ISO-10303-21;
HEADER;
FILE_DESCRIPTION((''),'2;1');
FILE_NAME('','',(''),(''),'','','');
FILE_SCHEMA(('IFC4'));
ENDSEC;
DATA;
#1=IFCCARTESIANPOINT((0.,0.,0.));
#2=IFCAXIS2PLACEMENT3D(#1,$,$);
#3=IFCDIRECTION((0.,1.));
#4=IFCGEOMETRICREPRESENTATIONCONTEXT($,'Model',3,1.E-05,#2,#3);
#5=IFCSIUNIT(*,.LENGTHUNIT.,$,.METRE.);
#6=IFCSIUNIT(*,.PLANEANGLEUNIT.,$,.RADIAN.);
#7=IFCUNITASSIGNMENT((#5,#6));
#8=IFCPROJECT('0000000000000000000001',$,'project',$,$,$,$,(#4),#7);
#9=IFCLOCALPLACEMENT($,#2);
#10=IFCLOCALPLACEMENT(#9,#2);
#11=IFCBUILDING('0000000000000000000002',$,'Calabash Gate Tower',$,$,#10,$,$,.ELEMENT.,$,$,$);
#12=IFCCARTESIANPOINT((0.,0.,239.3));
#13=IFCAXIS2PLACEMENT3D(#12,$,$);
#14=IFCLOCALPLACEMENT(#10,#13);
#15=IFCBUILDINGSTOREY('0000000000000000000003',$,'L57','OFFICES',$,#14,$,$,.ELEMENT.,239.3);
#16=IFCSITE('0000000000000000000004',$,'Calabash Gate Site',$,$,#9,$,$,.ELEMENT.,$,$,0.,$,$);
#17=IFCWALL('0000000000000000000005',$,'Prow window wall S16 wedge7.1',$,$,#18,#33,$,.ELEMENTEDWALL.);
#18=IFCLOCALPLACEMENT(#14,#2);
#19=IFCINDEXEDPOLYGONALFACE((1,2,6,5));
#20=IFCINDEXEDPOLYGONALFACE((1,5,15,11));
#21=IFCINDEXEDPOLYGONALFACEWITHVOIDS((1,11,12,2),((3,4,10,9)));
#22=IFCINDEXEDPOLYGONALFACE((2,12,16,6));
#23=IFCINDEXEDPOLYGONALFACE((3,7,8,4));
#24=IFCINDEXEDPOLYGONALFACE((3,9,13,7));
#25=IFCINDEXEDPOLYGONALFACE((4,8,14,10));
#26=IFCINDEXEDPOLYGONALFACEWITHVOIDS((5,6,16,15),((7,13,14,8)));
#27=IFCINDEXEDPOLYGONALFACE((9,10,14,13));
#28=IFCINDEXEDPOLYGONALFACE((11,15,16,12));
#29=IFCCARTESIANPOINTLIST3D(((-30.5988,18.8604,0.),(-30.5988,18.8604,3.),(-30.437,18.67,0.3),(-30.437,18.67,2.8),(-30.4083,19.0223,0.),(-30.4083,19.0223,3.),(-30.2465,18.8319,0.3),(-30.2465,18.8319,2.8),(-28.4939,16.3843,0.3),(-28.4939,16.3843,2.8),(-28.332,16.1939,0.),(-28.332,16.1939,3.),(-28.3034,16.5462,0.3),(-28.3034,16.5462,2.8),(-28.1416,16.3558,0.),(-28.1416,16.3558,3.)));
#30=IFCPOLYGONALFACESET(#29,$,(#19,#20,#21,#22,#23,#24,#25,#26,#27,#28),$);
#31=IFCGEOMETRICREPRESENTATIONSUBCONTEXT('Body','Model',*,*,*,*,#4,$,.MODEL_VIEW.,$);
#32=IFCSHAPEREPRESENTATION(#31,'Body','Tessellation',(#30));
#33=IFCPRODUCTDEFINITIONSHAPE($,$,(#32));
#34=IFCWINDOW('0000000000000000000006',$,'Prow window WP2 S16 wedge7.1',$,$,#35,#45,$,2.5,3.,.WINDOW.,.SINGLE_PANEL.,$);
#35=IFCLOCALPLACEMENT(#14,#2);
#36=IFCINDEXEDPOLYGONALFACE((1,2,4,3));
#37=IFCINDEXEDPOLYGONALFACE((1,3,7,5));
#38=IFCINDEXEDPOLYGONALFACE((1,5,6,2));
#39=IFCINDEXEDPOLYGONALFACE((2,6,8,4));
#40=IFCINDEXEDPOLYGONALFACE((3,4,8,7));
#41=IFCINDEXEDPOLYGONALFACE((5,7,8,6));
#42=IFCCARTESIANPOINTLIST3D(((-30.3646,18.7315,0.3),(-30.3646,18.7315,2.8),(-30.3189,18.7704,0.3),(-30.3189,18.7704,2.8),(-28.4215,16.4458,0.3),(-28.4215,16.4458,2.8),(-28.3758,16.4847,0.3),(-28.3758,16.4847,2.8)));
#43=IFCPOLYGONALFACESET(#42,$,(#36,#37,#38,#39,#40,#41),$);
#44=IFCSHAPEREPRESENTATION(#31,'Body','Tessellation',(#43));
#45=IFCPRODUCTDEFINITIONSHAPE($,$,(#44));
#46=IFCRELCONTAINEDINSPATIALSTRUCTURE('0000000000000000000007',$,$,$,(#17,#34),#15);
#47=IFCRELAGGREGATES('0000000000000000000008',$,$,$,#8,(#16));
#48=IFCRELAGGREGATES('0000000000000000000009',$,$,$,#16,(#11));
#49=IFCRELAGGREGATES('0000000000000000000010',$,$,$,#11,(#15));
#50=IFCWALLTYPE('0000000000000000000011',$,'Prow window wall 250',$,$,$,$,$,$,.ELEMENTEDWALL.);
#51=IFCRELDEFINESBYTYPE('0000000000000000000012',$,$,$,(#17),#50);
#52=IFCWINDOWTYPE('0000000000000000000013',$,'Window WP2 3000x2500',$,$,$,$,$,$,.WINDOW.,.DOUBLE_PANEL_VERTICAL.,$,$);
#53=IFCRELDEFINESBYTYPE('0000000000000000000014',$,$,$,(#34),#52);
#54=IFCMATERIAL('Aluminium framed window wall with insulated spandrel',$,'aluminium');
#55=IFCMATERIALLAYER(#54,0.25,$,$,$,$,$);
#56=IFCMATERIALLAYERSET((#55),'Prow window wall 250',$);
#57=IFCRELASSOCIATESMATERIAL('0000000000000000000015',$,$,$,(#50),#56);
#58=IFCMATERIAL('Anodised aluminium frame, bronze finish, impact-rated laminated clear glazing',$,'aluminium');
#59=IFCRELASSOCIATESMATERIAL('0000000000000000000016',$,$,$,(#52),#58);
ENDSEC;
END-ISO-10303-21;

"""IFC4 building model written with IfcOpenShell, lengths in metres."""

from ifc_helpers import new_model, si_unit, direction, frame, frame_2d, origin, place, context, subcontext, project, spatial, rectangle, extrude, material, layer, layer_set, type_object, element, fill, save


model = new_model("IFC4")

# Units and contexts
model_context = context("Model", 3, precision=1e-05, world=origin(), true_north=direction((0.0, 1.0)))
body_context = subcontext(model_context, "Body", "Model", "MODEL_VIEW")
ifc_project = project(units=[si_unit("LENGTHUNIT", "METRE"), si_unit("PLANEANGLEUNIT", "RADIAN")], contexts=[model_context])

# Site, building, storey
site_placement = place(None, origin())
site = spatial("IfcSite", under=ifc_project, at=site_placement, Name="Calabash Gate Site", CompositionType="ELEMENT", RefElevation=0.0)
building_placement = place(site_placement, origin())
building = spatial("IfcBuilding", under=site, at=building_placement, Name="Calabash Gate Tower", CompositionType="ELEMENT")
storey_placement = place(building_placement, frame((0.0, 0.0, 239.3)))
storey = spatial("IfcBuildingStorey", under=building, at=storey_placement, Name="L57", Description="OFFICES", CompositionType="ELEMENT", Elevation=239.3)

# Wall, opening, window
ifc_material_1 = material(Name="Aluminium framed window wall with insulated spandrel", Category="aluminium")
ifc_layer_1 = layer(ifc_material_1, 0.25)
ifc_layer_set_1 = layer_set([ifc_layer_1], Name="Prow window wall 250")
wall_type_1 = type_object("IfcWallType", Name="Prow window wall 250", PredefinedType="ELEMENTEDWALL", material=ifc_layer_set_1)
ifc_material_2 = material(Name="Anodised aluminium frame, bronze finish, impact-rated laminated clear glazing", Category="aluminium")
window_type = type_object("IfcWindowType", Name="Window WP2 3000x2500", PartitioningType="DOUBLE_PANEL_VERTICAL", PredefinedType="WINDOW", material=ifc_material_2)
wall_1_placement = place(storey_placement, frame((-30.5037, 18.9414, 0.0), z_axis=(0.0, 0.0, 1.0), x_axis=(0.647701, -0.761895, 0.0)))
wall_1 = element("IfcWall", 1, at=wall_1_placement, inside=storey, type_object=wall_type_1, Name="Prow window wall S16 wedge7.1", PredefinedType="ELEMENTEDWALL", context=body_context, shape_type="SweptSolid", body=[
    extrude(rectangle(XDim=3.4998, YDim=0.25, at=frame_2d((1.75, 0.0))), origin(), (0.0, 0.0, 1.0), 3.0),
])
opening_1_placement = place(wall_1_placement, frame((0.25, 0.0, 0.3)))
opening_1 = element("IfcOpeningElement", 2, at=opening_1_placement, cuts=wall_1, PredefinedType="OPENING", context=body_context, shape_type="SweptSolid", body=[
    extrude(rectangle(XDim=3.0, YDim=2.5, at=frame_2d((1.5, 1.25))), frame((0.0, 0.135, 0.0), z_axis=(0.0, -1.0, 0.0), x_axis=(1.0, 0.0, 0.0)), (0.0, 0.0, 1.0), 0.27),
])
window_1_placement = place(opening_1_placement, origin())
window_1 = element("IfcWindow", 3, at=window_1_placement, inside=storey, type_object=window_type, Name="Prow window WP2 S16 wedge7.1", OverallHeight=2.5, OverallWidth=3.0, PartitioningType="SINGLE_PANEL", PredefinedType="WINDOW", context=body_context, shape_type="SweptSolid", body=[
    extrude(rectangle(XDim=3.0, YDim=2.5, at=frame_2d((1.5, 1.25))), frame((0.0, 0.03, 0.0), z_axis=(0.0, -1.0, 0.0), x_axis=(1.0, 0.0, 0.0)), (0.0, 0.0, 1.0), 0.0601),
])
fill(opening_1, window_1)

save(model, "model.ifc")
